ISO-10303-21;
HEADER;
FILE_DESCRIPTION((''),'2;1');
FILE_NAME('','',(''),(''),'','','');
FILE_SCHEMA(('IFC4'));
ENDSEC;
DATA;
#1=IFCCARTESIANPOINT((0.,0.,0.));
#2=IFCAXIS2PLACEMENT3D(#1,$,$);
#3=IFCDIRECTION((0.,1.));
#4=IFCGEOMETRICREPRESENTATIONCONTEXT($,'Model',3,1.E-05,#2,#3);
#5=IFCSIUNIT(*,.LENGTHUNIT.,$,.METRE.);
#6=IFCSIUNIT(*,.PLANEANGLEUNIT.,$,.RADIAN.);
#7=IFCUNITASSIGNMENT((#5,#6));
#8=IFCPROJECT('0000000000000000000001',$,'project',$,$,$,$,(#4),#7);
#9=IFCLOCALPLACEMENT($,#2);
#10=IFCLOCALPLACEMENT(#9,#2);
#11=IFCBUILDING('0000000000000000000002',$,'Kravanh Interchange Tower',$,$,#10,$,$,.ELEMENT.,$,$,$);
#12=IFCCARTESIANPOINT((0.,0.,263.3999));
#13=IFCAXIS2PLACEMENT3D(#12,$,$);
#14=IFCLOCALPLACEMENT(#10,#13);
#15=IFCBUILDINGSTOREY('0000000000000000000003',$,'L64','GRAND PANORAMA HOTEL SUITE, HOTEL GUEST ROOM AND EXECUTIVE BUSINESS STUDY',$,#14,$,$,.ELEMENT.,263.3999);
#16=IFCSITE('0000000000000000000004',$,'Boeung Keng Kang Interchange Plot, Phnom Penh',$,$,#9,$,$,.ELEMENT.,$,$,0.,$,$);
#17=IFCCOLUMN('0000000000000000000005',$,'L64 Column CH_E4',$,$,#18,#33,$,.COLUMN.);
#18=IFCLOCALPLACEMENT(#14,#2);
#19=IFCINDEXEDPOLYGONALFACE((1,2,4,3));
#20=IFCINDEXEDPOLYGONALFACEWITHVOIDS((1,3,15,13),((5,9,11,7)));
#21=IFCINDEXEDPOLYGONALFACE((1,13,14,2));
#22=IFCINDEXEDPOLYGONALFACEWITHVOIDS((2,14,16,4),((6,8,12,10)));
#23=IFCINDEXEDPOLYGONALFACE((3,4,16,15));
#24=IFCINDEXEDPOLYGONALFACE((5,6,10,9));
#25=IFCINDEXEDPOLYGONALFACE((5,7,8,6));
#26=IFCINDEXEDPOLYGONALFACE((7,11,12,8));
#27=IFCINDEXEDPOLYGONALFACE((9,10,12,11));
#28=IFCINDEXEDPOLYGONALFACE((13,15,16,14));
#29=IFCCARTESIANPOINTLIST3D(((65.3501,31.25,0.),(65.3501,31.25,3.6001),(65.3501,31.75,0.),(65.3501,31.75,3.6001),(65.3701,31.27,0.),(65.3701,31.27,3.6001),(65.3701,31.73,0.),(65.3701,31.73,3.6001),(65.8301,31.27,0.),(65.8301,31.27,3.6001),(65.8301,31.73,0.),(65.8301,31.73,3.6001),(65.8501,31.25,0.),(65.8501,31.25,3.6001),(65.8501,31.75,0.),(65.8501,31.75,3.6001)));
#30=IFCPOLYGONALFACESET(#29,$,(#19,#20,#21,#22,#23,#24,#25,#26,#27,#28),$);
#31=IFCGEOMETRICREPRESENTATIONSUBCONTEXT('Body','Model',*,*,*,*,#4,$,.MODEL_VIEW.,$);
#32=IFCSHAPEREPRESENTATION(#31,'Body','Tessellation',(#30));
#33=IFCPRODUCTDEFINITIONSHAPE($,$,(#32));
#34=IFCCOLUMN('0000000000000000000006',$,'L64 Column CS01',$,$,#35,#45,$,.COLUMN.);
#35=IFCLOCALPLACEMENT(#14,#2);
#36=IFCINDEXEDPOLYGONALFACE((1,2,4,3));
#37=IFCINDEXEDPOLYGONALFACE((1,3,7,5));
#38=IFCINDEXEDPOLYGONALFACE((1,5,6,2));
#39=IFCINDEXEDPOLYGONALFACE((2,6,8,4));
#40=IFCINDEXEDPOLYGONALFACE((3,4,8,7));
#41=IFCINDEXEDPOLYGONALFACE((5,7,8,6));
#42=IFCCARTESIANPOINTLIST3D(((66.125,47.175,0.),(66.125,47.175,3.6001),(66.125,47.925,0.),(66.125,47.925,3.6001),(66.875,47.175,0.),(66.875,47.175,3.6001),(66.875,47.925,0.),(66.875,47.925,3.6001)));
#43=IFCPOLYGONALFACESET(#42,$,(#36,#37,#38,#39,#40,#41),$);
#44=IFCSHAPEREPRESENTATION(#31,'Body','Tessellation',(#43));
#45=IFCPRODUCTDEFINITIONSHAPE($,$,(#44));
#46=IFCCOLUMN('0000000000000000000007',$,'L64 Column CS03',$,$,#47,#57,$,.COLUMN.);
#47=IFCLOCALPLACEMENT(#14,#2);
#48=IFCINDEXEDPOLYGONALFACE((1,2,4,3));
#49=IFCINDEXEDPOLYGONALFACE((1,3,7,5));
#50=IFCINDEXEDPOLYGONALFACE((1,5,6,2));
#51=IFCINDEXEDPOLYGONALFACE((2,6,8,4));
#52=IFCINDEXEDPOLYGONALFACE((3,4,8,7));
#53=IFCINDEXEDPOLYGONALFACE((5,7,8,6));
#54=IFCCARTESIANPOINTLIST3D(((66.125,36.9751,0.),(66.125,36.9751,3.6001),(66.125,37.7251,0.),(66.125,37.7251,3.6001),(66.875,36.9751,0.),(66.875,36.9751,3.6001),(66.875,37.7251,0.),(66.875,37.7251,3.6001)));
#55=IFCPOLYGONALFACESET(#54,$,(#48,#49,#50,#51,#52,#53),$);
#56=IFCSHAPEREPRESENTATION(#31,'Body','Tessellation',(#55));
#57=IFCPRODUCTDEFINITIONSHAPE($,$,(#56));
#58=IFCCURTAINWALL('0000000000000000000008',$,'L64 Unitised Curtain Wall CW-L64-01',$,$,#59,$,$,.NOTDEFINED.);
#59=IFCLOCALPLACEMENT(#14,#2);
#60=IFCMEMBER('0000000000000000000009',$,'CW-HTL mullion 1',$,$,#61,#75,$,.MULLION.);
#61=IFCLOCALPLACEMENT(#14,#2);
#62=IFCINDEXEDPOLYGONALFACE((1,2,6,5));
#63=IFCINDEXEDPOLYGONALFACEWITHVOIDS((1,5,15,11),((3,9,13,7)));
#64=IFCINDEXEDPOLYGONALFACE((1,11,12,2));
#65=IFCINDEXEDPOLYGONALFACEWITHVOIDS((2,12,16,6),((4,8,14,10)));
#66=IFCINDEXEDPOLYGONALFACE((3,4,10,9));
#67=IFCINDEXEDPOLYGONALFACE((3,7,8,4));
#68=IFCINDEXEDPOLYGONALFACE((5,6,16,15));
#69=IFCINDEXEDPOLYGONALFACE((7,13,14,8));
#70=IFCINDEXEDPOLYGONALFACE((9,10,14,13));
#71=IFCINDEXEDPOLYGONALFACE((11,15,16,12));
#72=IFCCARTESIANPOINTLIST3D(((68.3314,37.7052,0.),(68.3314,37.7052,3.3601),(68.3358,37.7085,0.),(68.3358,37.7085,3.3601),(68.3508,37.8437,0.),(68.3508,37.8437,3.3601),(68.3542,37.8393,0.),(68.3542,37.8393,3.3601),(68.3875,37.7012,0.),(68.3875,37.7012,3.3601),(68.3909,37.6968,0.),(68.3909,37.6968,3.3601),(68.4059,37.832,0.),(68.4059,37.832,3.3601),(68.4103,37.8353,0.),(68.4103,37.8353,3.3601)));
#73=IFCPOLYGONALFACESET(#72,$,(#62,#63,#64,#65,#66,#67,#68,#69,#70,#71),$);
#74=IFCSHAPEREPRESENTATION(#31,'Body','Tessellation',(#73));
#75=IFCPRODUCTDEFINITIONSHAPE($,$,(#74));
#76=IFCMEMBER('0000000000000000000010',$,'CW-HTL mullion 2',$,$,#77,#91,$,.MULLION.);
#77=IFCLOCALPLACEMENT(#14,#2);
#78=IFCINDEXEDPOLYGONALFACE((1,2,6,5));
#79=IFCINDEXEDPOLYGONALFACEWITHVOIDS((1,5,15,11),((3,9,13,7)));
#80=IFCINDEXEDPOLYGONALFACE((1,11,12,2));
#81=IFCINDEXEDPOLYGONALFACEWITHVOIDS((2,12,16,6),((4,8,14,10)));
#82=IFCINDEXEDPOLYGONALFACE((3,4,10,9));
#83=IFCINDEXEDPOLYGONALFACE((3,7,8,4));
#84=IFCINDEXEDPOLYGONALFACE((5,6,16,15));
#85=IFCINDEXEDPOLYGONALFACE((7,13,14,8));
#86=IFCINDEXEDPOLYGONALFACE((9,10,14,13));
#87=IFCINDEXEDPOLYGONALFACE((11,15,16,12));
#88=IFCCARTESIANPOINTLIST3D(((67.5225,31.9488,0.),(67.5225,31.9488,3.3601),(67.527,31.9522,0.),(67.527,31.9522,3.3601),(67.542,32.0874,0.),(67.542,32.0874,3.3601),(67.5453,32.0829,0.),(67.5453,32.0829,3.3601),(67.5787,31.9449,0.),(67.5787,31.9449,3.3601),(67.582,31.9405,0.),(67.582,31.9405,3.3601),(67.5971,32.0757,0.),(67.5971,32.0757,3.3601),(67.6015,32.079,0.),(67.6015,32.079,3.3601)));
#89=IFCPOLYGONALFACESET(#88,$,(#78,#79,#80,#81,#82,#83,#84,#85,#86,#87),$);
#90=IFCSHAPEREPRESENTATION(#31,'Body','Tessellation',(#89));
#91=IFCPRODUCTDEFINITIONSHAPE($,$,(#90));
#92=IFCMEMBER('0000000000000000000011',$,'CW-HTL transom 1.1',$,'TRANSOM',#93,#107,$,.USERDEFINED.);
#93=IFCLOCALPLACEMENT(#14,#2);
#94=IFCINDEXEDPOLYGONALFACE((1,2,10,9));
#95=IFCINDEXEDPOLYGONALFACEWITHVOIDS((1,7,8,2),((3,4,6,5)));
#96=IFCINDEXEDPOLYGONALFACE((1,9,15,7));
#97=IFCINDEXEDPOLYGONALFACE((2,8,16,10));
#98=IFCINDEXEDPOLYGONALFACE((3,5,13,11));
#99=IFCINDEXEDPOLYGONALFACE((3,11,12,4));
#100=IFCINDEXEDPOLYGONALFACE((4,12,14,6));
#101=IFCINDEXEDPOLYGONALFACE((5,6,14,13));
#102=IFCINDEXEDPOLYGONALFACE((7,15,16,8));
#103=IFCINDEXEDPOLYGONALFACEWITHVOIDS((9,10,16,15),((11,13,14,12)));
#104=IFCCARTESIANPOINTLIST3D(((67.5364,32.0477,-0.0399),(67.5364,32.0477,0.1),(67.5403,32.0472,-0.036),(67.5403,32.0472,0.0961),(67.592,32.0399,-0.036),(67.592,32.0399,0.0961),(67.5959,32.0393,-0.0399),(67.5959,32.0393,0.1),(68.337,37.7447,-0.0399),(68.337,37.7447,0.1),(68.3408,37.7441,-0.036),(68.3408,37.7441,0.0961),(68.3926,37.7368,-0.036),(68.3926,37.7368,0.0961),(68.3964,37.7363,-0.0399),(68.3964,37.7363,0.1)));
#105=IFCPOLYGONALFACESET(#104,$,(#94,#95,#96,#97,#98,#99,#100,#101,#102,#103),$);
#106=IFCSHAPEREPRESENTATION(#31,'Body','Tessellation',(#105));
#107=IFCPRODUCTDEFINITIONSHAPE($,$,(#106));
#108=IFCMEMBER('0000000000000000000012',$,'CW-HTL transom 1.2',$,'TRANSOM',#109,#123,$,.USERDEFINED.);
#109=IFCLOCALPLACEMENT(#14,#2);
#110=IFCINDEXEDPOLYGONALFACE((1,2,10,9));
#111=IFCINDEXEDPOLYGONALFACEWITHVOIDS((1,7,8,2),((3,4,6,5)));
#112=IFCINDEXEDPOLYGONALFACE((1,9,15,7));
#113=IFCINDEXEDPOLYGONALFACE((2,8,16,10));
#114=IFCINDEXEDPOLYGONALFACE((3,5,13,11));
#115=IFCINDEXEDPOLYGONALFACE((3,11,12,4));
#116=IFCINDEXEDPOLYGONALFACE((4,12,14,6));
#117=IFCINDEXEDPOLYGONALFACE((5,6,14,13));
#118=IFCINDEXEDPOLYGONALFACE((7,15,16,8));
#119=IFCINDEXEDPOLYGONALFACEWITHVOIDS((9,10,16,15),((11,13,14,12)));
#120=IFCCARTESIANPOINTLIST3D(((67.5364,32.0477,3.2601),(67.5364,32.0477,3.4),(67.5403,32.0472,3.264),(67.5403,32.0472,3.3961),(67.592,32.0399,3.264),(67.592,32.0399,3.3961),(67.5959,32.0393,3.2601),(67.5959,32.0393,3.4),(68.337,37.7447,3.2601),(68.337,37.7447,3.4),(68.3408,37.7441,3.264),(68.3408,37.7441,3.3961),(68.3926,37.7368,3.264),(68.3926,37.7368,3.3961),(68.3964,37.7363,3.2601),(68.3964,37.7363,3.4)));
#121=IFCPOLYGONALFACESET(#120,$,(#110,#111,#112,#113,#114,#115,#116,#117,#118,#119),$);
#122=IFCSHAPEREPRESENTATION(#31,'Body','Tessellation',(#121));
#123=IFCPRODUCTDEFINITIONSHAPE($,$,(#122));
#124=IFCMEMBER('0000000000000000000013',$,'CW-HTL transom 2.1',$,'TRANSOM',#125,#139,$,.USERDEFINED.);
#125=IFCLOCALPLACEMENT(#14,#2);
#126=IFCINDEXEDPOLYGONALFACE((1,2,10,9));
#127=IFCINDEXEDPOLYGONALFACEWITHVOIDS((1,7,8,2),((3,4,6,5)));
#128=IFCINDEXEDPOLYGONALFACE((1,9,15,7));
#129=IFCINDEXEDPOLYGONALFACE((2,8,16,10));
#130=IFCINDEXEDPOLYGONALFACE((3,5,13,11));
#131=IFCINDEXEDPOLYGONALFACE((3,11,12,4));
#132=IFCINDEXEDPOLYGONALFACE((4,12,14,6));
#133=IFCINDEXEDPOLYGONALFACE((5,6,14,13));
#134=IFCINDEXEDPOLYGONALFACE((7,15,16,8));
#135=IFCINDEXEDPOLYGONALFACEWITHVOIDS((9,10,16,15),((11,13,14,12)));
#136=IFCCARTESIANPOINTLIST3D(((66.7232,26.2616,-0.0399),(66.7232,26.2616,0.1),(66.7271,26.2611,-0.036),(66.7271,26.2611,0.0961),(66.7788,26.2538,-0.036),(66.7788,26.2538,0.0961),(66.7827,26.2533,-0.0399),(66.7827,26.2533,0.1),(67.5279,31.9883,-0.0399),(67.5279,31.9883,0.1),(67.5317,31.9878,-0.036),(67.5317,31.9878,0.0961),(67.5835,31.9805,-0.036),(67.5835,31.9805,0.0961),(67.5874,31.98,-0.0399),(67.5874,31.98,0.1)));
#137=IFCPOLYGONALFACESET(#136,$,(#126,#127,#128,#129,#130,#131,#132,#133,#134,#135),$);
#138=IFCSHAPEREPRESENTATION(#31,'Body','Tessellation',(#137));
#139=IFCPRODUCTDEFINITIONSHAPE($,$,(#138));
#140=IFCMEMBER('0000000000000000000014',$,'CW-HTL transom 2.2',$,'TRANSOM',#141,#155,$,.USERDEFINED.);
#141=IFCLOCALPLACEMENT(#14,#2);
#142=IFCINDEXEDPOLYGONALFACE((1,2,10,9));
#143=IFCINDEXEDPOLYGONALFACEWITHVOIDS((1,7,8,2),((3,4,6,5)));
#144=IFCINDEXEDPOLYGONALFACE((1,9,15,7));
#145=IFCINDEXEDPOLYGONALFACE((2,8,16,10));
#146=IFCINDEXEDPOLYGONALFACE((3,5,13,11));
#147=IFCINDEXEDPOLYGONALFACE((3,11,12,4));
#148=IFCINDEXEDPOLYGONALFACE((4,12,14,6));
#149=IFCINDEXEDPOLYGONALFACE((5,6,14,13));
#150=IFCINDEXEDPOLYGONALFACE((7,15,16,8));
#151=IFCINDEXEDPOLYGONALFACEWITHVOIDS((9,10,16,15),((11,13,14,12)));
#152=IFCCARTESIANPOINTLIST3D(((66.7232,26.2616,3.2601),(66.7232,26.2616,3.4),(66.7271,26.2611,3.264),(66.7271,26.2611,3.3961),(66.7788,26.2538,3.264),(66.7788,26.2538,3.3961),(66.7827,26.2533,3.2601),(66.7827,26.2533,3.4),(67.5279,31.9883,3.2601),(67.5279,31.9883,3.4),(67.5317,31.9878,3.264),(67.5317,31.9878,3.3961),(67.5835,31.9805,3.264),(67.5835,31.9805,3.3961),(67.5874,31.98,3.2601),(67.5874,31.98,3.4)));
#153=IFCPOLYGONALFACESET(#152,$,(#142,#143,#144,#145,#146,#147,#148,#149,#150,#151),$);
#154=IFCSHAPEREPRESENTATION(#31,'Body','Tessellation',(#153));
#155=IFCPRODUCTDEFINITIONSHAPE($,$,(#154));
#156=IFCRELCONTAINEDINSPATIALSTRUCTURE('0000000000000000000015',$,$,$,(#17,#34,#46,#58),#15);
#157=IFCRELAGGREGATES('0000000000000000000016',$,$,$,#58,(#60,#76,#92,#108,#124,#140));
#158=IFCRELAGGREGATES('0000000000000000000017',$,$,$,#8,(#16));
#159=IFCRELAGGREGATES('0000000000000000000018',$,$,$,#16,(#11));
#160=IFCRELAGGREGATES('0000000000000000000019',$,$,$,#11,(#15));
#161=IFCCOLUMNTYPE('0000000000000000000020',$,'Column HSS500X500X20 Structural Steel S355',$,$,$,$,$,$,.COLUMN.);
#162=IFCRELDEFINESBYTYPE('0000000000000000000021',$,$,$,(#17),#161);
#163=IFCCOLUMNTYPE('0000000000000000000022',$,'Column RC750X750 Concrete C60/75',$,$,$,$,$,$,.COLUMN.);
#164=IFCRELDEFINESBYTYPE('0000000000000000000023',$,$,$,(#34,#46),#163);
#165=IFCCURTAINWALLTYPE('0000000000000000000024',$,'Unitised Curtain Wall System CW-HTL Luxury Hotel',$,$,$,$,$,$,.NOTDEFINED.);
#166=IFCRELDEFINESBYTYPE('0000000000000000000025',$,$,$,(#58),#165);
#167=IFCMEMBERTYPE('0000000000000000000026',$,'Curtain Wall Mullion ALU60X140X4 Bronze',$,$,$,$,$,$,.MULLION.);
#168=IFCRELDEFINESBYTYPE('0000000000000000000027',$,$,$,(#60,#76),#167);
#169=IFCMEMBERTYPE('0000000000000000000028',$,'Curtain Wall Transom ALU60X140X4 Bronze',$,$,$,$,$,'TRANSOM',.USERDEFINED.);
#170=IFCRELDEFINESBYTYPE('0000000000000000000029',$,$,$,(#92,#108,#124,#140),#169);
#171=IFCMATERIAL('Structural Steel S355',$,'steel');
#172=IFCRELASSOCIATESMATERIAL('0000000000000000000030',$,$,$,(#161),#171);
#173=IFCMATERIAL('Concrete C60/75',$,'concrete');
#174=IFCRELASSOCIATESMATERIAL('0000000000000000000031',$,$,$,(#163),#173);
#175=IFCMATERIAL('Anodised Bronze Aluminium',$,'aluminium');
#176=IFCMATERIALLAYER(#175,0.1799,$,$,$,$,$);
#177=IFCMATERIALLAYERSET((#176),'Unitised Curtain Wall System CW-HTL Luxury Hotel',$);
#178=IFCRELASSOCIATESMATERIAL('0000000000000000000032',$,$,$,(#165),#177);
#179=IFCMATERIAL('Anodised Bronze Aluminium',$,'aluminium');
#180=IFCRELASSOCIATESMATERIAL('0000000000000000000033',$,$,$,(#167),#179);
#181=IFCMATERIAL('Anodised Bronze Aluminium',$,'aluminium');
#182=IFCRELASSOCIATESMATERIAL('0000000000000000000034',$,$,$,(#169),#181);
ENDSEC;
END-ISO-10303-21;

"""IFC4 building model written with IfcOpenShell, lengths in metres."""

from ifc_helpers import new_model, si_unit, direction, frame, origin, origin_2d, place, context, subcontext, project, spatial, rectangle, hollow_rectangle, extrude, material, layer, layer_set, material_profile, profile_set, type_object, element, aggregate, save


model = new_model("IFC4")

# Units and contexts
model_context = context("Model", 3, precision=1e-05, world=origin(), true_north=direction((0.0, 1.0)))
body_context = subcontext(model_context, "Body", "Model", "MODEL_VIEW")
ifc_project = project(units=[si_unit("LENGTHUNIT", "METRE"), si_unit("PLANEANGLEUNIT", "RADIAN")], contexts=[model_context])

# Site, building, storey
site_placement = place(None, origin())
site = spatial("IfcSite", under=ifc_project, at=site_placement, Name="Boeung Keng Kang Interchange Plot, Phnom Penh", CompositionType="ELEMENT", RefElevation=0.0)
building_placement = place(site_placement, origin())
building = spatial("IfcBuilding", under=site, at=building_placement, Name="Kravanh Interchange Tower", CompositionType="ELEMENT")
storey_placement = place(building_placement, frame((0.0, 0.0, 263.3999)))
storey = spatial("IfcBuildingStorey", under=building, at=storey_placement, Name="L64", Description="GRAND PANORAMA HOTEL SUITE, HOTEL GUEST ROOM AND EXECUTIVE BUSINESS STUDY", CompositionType="ELEMENT", Elevation=263.3999)

# Columns
ifc_material_1 = material(Name="Structural Steel S355", Category="steel")
ifc_material_profile_1 = material_profile(ifc_material_1, hollow_rectangle(XDim=0.5, YDim=0.5, WallThickness=0.02, at=origin_2d()), Name="HSS500X500X20")
ifc_profile_set_1 = profile_set([ifc_material_profile_1], Name="Structural Steel S355")
column_type_1 = type_object("IfcColumnType", Name="Column HSS500X500X20 Structural Steel S355", PredefinedType="COLUMN", material=ifc_profile_set_1)
column_placement = place(storey_placement, frame((65.6001, 31.5, 0.0), z_axis=(0.0, 0.0, 1.0), x_axis=(1.0, 0.0, 0.0)))
element("IfcColumn", 1, at=column_placement, inside=storey, type_object=column_type_1, Name="L64 Column CH_E4", PredefinedType="COLUMN", context=body_context, shape_type="SweptSolid", body=[
    extrude(hollow_rectangle(XDim=0.5, YDim=0.5, WallThickness=0.02, at=origin_2d()), origin(), (0.0, 0.0, 1.0), 3.6001),
])
ifc_material_2 = material(Name="Concrete C60/75", Category="concrete")
ifc_material_profile_2 = material_profile(ifc_material_2, rectangle(XDim=0.75, YDim=0.75, at=origin_2d()), Name="RC750X750")
ifc_profile_set_2 = profile_set([ifc_material_profile_2], Name="Concrete C60/75")
column_type_2 = type_object("IfcColumnType", Name="Column RC750X750 Concrete C60/75", PredefinedType="COLUMN", material=ifc_profile_set_2)
for number, where, z_axis, x_axis, name in (
    (2, (66.5, 47.55, 0.0), (0.0, 0.0, 1.0), (1.0, 0.0, 0.0), "L64 Column CS01"),
    (3, (66.5, 37.3501, 0.0), (0.0, 0.0, 1.0), (1.0, 0.0, 0.0), "L64 Column CS03"),
):
    element("IfcColumn", number, at=place(storey_placement, frame(where, z_axis=z_axis, x_axis=x_axis)), inside=storey, type_object=column_type_2, Name=name, PredefinedType="COLUMN", context=body_context, shape_type="SweptSolid", body=[
        extrude(rectangle(XDim=0.75, YDim=0.75, at=origin_2d()), origin(), (0.0, 0.0, 1.0), 3.6001),
    ])

# Curtain wall, members
ifc_material_3 = material(Name="Anodised Bronze Aluminium", Category="aluminium")
ifc_layer_1 = layer(ifc_material_3, 0.1799)
ifc_layer_set_1 = layer_set([ifc_layer_1], Name="Unitised Curtain Wall System CW-HTL Luxury Hotel")
curtain_wall_type = type_object("IfcCurtainWallType", Name="Unitised Curtain Wall System CW-HTL Luxury Hotel", PredefinedType="NOTDEFINED", material=ifc_layer_set_1)
curtain_wall_placement = place(storey_placement, origin())
curtain_wall = element("IfcCurtainWall", 4, at=curtain_wall_placement, inside=storey, type_object=curtain_wall_type, Name="L64 Unitised Curtain Wall CW-L64-01", PredefinedType="NOTDEFINED")
ifc_material_4 = material(Name="Anodised Bronze Aluminium", Category="aluminium")
ifc_material_profile_3 = material_profile(ifc_material_4, hollow_rectangle(XDim=0.0601, YDim=0.1399, WallThickness=0.0039, at=origin_2d()), Name="ALU60X140X4")
ifc_profile_set_3 = profile_set([ifc_material_profile_3], Name="Anodised Bronze Aluminium")
member_type_1 = type_object("IfcMemberType", Name="Curtain Wall Mullion ALU60X140X4 Bronze", PredefinedType="MULLION", material=ifc_profile_set_3)
member_1_placement = place(storey_placement, frame((68.3708, 37.7703, 0.0), z_axis=(0.0, 0.0, 1.0), x_axis=(0.990268, -0.139175, 0.0)))
member_1 = element("IfcMember", 5, at=member_1_placement, type_object=member_type_1, Name="CW-HTL mullion 1", PredefinedType="MULLION", context=body_context, shape_type="SweptSolid", body=[
    extrude(hollow_rectangle(XDim=0.0601, YDim=0.1399, WallThickness=0.0039, at=origin_2d()), origin(), (0.0, 0.0, 1.0), 3.3601),
])
member_2_placement = place(storey_placement, frame((67.562, 32.0139, 0.0), z_axis=(0.0, 0.0, 1.0), x_axis=(0.990268, -0.139175, 0.0)))
member_2 = element("IfcMember", 6, at=member_2_placement, type_object=member_type_1, Name="CW-HTL mullion 2", PredefinedType="MULLION", context=body_context, shape_type="SweptSolid", body=[
    extrude(hollow_rectangle(XDim=0.0601, YDim=0.1399, WallThickness=0.0039, at=origin_2d()), origin(), (0.0, 0.0, 1.0), 3.3601),
])
ifc_material_5 = material(Name="Anodised Bronze Aluminium", Category="aluminium")
ifc_material_profile_4 = material_profile(ifc_material_5, hollow_rectangle(XDim=0.0601, YDim=0.1399, WallThickness=0.0039, at=origin_2d()), Name="ALU60X140X4")
ifc_profile_set_4 = profile_set([ifc_material_profile_4], Name="Anodised Bronze Aluminium")
member_type_2 = type_object("IfcMemberType", Name="Curtain Wall Transom ALU60X140X4 Bronze", ElementType="TRANSOM", PredefinedType="USERDEFINED", material=ifc_profile_set_4)
member_3_placement = place(storey_placement, frame((68.3667, 37.7405, 0.03), z_axis=(-0.139151, -0.990271, 0.0), x_axis=(0.990271, -0.139151, 0.0)))
member_3 = element("IfcMember", 7, at=member_3_placement, type_object=member_type_2, Name="CW-HTL transom 1.1", ObjectType="TRANSOM", PredefinedType="USERDEFINED", context=body_context, shape_type="SweptSolid", body=[
    extrude(hollow_rectangle(XDim=0.0601, YDim=0.1399, WallThickness=0.0039, at=origin_2d()), origin(), (0.0, 0.0, 1.0), 5.7529),
])
member_4_placement = place(storey_placement, frame((68.3667, 37.7405, 3.3301), z_axis=(-0.139151, -0.990271, 0.0), x_axis=(0.990271, -0.139151, 0.0)))
member_4 = element("IfcMember", 8, at=member_4_placement, type_object=member_type_2, Name="CW-HTL transom 1.2", ObjectType="TRANSOM", PredefinedType="USERDEFINED", context=body_context, shape_type="SweptSolid", body=[
    extrude(hollow_rectangle(XDim=0.0601, YDim=0.1399, WallThickness=0.0039, at=origin_2d()), origin(), (0.0, 0.0, 1.0), 5.7529),
])
member_5_placement = place(storey_placement, frame((67.5576, 31.9841, 0.03), z_axis=(-0.139146, -0.990272, 0.0), x_axis=(0.990272, -0.139146, 0.0)))
member_5 = element("IfcMember", 9, at=member_5_placement, type_object=member_type_2, Name="CW-HTL transom 2.1", ObjectType="TRANSOM", PredefinedType="USERDEFINED", context=body_context, shape_type="SweptSolid", body=[
    extrude(hollow_rectangle(XDim=0.0601, YDim=0.1399, WallThickness=0.0039, at=origin_2d()), origin(), (0.0, 0.0, 1.0), 5.783),
])
member_6_placement = place(storey_placement, frame((67.5576, 31.9841, 3.3301), z_axis=(-0.139146, -0.990272, 0.0), x_axis=(0.990272, -0.139146, 0.0)))
member_6 = element("IfcMember", 10, at=member_6_placement, type_object=member_type_2, Name="CW-HTL transom 2.2", ObjectType="TRANSOM", PredefinedType="USERDEFINED", context=body_context, shape_type="SweptSolid", body=[
    extrude(hollow_rectangle(XDim=0.0601, YDim=0.1399, WallThickness=0.0039, at=origin_2d()), origin(), (0.0, 0.0, 1.0), 5.783),
])

aggregate(curtain_wall, [member_1, member_2, member_3, member_4, member_5, member_6])

save(model, "model.ifc")
